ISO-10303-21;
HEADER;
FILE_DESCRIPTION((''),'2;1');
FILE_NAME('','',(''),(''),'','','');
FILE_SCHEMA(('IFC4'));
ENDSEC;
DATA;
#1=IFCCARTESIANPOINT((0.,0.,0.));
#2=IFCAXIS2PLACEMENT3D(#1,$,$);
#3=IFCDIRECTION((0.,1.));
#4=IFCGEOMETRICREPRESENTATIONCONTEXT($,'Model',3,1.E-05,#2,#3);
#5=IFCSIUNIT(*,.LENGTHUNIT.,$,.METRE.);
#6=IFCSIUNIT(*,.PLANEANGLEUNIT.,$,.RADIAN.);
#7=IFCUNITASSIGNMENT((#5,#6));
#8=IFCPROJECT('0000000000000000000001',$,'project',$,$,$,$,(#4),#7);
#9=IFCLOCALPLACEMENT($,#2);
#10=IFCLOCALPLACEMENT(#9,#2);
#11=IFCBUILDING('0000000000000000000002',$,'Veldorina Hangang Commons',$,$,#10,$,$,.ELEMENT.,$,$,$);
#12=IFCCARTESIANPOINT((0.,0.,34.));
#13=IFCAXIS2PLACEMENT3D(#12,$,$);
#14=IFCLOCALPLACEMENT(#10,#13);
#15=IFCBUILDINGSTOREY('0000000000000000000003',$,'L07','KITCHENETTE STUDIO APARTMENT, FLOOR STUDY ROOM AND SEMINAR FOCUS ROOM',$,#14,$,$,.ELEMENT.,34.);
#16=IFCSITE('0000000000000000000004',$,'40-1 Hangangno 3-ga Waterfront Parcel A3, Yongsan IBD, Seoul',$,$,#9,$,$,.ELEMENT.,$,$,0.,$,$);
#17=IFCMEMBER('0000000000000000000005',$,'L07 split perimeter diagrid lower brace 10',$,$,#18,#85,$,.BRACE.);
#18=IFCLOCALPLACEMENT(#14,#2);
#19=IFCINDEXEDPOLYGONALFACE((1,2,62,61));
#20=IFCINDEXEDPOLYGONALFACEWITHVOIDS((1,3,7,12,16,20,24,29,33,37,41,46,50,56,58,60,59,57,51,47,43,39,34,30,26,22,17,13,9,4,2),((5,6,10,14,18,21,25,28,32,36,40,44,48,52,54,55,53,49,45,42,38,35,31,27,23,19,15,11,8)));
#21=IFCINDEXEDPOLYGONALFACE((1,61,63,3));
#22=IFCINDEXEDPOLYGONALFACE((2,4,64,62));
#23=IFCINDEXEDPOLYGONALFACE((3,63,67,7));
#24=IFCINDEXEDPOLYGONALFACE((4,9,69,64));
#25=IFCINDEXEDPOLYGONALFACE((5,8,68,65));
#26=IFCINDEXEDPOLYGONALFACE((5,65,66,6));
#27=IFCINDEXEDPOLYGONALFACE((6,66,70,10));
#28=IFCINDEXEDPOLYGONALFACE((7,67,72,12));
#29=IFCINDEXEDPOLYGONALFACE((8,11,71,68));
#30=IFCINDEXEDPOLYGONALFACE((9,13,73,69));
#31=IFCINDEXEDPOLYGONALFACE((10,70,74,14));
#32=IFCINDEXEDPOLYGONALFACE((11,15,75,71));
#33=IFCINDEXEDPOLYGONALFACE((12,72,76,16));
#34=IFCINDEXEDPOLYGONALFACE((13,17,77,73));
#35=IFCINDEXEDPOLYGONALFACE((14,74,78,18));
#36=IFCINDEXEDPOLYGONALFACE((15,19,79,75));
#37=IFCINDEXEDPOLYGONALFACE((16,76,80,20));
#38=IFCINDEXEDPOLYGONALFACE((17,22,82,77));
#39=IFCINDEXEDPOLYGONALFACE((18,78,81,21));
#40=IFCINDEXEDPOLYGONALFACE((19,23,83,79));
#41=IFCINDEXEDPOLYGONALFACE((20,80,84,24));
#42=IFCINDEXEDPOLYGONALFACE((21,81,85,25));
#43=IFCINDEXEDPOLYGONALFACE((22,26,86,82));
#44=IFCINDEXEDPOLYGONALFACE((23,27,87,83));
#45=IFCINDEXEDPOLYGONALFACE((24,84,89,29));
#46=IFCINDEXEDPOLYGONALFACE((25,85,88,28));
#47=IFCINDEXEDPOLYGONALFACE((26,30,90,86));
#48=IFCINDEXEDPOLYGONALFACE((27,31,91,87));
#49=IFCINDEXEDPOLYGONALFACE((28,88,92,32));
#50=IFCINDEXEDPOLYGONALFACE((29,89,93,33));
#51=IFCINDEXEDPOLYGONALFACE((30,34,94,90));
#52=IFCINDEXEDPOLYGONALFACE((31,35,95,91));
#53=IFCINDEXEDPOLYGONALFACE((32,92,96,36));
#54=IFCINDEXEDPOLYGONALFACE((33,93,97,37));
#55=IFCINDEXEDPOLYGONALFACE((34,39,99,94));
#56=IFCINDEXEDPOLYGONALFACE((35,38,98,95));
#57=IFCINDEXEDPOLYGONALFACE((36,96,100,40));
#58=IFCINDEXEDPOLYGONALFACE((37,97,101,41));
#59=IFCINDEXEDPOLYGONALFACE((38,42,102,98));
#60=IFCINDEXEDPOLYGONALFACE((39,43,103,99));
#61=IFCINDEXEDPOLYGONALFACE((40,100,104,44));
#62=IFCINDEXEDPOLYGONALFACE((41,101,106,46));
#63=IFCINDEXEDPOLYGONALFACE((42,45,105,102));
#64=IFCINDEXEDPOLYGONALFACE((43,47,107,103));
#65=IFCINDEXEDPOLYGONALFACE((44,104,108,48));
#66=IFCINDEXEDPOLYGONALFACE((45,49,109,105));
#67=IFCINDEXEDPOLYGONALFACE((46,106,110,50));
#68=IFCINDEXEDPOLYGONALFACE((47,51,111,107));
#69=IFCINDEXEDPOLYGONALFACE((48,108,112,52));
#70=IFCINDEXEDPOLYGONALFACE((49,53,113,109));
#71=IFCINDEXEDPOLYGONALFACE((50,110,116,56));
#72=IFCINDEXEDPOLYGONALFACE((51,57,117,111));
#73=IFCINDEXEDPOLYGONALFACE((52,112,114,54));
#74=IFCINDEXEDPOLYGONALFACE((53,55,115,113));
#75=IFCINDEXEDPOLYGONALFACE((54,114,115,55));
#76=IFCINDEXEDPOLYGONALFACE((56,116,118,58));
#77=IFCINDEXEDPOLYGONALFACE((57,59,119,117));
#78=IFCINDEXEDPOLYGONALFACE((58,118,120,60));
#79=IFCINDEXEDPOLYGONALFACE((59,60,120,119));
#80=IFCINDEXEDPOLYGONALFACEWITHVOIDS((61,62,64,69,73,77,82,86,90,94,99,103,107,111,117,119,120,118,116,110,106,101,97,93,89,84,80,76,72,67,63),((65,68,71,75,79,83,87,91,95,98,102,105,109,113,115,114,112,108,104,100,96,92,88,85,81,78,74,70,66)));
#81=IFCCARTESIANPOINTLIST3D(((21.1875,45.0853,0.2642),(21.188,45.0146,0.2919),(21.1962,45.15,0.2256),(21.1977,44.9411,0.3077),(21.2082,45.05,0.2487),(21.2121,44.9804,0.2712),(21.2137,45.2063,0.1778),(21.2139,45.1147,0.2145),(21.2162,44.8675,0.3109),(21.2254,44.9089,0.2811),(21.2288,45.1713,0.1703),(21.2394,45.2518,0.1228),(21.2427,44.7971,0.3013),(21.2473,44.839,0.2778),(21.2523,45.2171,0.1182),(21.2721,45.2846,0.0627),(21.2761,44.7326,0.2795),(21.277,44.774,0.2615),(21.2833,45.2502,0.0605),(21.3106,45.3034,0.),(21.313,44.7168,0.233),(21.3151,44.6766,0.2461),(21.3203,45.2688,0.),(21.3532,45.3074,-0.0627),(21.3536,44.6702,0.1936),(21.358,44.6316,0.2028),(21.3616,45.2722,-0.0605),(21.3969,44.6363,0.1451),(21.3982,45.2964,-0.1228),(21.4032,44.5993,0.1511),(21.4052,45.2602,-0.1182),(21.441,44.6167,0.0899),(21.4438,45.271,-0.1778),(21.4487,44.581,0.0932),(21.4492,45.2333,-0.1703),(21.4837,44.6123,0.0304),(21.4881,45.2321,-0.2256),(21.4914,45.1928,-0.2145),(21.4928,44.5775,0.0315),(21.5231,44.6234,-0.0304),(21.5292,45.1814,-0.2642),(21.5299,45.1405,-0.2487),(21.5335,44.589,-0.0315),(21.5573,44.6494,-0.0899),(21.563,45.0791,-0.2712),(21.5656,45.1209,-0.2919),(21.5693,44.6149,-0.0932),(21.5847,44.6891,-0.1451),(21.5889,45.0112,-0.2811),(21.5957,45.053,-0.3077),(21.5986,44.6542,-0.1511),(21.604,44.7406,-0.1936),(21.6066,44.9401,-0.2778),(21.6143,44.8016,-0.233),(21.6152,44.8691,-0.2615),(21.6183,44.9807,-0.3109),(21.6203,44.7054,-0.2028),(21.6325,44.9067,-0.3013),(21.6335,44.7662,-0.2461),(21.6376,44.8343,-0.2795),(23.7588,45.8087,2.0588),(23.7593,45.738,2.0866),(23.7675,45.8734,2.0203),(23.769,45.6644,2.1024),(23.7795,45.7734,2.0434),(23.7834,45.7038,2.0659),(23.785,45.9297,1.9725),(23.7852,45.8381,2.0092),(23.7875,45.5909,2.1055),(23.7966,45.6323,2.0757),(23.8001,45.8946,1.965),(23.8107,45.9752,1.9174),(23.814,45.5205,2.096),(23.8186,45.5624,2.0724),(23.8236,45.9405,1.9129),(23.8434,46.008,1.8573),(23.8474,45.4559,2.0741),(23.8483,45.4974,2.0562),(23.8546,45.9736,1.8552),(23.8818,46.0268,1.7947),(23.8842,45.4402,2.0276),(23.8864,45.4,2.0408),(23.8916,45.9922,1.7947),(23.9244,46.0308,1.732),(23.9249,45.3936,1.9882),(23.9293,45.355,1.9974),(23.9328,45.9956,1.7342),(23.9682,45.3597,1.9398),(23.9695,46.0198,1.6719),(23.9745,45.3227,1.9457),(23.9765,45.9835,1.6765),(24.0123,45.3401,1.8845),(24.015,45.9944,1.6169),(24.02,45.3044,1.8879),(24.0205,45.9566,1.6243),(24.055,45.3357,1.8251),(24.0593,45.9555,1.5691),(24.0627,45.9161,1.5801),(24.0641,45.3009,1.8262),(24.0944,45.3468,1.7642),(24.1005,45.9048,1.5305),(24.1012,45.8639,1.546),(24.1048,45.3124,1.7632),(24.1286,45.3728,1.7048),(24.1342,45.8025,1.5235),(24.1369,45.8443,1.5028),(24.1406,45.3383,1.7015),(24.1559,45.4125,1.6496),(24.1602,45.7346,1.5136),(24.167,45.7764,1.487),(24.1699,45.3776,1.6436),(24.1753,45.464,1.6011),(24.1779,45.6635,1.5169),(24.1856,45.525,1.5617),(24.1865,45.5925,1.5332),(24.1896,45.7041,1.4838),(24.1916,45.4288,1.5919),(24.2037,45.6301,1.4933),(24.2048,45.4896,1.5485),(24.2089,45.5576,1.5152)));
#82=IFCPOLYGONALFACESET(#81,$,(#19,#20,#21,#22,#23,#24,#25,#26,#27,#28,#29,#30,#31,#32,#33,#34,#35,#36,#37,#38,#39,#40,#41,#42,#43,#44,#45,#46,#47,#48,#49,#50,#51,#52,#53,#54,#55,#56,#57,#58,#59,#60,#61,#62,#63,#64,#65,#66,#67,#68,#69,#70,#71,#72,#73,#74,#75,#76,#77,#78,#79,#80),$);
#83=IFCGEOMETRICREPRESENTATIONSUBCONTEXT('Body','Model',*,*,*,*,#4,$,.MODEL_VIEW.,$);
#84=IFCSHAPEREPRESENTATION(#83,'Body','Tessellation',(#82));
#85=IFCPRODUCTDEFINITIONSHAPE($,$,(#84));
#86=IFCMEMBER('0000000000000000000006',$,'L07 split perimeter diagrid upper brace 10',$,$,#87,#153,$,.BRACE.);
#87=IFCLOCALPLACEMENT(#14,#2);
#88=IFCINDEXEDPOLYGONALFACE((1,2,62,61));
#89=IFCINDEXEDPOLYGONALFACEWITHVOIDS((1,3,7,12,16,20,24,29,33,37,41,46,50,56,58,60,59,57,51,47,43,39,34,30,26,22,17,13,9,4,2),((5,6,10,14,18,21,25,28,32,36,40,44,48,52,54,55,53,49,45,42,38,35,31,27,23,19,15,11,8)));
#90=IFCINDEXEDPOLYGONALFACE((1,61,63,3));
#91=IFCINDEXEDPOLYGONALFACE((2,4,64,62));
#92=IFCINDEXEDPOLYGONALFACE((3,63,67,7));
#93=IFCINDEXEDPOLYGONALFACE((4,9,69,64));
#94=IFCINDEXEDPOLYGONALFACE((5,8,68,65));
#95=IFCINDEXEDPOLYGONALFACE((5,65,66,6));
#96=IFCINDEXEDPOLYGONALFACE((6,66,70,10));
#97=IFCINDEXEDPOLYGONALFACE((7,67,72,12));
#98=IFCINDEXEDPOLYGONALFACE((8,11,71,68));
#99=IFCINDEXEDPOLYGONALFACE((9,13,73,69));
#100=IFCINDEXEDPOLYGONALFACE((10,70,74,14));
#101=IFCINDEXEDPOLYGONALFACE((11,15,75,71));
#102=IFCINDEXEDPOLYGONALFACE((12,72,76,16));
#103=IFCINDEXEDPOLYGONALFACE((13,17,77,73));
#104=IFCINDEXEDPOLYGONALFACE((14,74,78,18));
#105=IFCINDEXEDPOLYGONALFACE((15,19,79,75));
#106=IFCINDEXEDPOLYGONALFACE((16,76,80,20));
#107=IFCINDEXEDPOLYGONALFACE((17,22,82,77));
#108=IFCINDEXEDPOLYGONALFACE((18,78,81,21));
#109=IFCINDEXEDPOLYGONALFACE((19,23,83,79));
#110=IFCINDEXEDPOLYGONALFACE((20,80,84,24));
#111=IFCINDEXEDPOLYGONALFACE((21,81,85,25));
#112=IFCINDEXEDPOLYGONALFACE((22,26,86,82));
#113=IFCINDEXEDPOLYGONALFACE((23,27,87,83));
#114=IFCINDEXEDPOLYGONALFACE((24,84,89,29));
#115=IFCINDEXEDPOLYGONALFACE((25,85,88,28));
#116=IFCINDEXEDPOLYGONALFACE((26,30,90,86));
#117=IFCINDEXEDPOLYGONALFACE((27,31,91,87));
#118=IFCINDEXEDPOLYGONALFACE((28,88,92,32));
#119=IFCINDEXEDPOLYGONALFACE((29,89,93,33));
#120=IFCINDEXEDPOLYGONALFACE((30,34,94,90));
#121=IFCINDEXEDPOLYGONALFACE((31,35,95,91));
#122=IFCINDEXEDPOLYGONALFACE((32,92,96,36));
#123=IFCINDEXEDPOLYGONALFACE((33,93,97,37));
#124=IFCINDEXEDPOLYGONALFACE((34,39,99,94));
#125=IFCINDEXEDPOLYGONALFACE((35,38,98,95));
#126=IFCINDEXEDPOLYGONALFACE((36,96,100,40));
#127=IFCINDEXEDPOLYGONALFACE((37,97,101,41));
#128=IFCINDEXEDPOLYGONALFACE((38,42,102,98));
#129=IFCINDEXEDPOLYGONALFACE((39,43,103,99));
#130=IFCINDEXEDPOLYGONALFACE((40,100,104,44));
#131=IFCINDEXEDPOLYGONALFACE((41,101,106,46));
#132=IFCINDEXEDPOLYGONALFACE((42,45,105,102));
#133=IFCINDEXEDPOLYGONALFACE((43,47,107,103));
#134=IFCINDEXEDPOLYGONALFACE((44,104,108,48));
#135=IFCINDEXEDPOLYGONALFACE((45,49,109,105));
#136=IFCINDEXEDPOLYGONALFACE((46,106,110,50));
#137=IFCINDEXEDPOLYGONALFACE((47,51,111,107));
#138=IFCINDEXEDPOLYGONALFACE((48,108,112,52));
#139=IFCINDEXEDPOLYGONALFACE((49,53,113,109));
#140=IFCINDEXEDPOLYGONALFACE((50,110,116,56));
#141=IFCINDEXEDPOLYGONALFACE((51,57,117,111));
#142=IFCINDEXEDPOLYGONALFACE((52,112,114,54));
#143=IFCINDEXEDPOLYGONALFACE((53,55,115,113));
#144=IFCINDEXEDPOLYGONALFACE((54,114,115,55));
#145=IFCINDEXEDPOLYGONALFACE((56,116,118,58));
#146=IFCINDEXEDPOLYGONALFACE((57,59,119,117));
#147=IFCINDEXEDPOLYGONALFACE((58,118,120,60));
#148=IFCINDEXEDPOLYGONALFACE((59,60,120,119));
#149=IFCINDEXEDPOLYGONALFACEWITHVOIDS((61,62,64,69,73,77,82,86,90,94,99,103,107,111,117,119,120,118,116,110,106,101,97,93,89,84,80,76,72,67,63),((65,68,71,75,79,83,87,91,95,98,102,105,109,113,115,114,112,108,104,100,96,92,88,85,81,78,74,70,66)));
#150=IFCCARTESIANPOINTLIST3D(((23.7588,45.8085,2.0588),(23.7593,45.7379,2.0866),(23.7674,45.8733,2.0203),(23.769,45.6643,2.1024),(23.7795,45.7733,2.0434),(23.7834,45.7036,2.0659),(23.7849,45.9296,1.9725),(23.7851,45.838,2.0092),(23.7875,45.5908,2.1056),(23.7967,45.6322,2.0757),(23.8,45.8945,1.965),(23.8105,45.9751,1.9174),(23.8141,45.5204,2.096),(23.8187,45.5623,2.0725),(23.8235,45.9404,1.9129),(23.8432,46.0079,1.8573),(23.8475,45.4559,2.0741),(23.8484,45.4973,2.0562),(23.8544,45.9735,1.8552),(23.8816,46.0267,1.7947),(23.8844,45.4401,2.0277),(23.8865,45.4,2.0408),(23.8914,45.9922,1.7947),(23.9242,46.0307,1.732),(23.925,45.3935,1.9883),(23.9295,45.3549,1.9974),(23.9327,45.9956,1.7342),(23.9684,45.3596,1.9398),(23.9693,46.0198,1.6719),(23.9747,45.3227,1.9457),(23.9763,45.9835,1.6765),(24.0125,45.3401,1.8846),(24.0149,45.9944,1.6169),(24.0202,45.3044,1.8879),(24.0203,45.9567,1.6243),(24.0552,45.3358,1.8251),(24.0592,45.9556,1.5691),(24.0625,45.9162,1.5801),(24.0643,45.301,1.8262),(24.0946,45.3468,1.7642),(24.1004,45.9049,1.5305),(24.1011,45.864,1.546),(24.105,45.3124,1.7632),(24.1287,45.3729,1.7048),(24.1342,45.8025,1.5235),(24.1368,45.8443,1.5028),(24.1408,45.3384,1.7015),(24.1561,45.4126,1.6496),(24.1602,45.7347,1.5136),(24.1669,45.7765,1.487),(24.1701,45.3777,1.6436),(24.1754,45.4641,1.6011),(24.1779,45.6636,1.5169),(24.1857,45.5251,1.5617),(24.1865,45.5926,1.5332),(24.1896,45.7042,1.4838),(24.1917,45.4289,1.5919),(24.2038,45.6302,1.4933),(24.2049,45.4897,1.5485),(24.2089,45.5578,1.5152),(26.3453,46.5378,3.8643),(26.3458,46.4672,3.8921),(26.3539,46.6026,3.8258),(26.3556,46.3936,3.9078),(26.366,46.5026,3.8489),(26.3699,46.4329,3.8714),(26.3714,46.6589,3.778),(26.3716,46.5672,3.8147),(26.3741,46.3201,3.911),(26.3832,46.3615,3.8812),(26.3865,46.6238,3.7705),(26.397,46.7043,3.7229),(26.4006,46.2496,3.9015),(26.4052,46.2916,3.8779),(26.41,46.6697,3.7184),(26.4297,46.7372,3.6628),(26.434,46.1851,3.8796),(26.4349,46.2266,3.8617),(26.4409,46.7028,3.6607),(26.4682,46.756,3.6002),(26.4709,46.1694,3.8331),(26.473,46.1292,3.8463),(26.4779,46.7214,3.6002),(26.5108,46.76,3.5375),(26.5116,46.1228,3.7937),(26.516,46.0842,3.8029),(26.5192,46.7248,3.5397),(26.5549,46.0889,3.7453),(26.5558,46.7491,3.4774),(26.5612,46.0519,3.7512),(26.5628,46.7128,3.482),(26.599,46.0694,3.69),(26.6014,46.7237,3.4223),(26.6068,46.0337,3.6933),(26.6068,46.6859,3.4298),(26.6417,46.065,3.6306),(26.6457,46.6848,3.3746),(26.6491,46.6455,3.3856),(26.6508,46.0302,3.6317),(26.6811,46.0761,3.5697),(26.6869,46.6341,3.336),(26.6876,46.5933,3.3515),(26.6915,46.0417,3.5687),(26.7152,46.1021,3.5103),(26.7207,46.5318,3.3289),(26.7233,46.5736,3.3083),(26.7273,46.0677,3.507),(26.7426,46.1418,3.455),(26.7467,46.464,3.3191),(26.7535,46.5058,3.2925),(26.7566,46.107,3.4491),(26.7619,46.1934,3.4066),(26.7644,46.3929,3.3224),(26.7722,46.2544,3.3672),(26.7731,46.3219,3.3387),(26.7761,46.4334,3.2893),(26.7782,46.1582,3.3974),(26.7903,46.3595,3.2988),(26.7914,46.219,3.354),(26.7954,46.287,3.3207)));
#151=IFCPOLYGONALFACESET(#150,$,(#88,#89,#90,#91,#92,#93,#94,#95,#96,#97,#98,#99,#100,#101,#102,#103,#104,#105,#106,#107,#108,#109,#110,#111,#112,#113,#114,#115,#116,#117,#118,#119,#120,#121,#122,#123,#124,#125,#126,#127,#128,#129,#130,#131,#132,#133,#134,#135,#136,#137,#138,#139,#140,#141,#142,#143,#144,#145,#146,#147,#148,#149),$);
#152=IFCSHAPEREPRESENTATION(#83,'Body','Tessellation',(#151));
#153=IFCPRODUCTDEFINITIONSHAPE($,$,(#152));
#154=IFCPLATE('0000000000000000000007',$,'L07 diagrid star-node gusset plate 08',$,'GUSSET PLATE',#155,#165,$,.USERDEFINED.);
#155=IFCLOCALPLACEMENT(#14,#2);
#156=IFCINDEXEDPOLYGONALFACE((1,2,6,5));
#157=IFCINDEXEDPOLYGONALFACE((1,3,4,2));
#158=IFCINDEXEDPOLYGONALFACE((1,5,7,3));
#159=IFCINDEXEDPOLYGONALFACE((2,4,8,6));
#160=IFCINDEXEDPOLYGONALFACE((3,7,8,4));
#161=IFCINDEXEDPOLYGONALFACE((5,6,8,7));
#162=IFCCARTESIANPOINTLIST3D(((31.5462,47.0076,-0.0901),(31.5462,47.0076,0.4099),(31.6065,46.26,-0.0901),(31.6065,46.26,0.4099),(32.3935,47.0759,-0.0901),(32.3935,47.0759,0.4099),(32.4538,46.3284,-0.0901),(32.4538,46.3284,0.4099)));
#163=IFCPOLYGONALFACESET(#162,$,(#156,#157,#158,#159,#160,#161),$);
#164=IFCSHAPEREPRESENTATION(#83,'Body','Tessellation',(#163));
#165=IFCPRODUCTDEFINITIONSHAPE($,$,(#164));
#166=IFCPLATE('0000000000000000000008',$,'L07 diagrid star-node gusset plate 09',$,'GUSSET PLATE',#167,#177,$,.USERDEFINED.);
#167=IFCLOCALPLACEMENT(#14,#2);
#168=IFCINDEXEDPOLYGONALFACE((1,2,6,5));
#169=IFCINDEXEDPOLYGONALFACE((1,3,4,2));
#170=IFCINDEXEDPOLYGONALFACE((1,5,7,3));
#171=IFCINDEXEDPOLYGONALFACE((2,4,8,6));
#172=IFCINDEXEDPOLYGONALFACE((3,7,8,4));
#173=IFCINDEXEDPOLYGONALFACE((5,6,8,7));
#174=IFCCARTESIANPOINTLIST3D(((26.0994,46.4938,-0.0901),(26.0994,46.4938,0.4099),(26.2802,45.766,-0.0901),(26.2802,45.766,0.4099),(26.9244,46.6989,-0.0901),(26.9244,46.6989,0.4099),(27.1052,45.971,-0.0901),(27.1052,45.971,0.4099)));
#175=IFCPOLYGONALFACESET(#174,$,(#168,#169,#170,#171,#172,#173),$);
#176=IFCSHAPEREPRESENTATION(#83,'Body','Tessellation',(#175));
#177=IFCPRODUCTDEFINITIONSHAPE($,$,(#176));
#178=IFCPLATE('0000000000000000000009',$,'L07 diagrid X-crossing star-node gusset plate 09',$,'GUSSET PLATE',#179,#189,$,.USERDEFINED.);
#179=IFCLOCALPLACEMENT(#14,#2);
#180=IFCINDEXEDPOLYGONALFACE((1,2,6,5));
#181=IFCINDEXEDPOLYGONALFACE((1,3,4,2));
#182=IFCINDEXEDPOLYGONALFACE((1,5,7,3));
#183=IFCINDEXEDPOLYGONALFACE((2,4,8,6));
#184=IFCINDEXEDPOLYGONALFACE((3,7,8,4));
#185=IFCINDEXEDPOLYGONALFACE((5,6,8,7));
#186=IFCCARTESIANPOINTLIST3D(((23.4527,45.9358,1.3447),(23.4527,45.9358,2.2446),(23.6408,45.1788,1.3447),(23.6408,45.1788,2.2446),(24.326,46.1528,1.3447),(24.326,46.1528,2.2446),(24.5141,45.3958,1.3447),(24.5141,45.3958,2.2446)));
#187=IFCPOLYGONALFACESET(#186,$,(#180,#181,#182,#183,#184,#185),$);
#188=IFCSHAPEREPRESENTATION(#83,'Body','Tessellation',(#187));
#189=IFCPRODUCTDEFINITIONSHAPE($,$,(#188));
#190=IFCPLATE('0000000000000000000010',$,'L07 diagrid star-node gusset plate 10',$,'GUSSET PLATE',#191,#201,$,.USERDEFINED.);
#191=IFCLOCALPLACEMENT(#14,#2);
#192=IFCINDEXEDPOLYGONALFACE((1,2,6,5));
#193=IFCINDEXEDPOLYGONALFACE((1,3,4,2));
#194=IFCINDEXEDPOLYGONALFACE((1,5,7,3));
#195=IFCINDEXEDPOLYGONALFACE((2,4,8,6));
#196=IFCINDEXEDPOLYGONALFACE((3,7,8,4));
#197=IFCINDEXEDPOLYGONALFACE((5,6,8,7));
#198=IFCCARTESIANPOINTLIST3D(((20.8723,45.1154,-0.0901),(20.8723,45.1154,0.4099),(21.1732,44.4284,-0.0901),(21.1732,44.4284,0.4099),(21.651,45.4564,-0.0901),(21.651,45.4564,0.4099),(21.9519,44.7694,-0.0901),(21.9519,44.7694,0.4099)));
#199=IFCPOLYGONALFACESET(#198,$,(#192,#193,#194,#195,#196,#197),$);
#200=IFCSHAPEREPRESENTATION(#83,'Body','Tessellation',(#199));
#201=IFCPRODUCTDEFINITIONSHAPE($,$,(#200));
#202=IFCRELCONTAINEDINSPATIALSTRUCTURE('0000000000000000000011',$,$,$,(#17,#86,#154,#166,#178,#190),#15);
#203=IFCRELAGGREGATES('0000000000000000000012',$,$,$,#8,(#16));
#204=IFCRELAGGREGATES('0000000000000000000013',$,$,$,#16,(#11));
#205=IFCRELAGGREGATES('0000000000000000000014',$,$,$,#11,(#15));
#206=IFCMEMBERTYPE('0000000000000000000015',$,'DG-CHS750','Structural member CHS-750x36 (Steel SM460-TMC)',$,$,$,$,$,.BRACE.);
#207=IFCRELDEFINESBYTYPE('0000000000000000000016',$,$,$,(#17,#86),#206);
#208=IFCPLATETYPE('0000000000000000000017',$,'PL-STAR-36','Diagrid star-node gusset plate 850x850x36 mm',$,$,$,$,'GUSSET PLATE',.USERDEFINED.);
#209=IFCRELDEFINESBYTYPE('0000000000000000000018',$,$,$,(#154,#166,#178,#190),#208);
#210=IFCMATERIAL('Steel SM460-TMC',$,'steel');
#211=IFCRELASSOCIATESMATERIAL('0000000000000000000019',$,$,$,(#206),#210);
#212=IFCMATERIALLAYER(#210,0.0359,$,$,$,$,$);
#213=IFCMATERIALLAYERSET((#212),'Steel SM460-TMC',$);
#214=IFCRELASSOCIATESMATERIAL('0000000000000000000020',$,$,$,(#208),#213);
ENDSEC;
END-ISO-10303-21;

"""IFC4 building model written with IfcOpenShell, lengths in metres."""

from ifc_helpers import new_model, si_unit, direction, frame, origin, origin_2d, place, context, subcontext, project, spatial, rectangle, hollow_circle, extrude, material, layer, layer_set, material_profile, profile_set, type_object, element, save


model = new_model("IFC4")

# Units and contexts
model_context = context("Model", 3, precision=1e-05, world=origin(), true_north=direction((0.0, 1.0)))
body_context = subcontext(model_context, "Body", "Model", "MODEL_VIEW")
ifc_project = project(units=[si_unit("LENGTHUNIT", "METRE"), si_unit("PLANEANGLEUNIT", "RADIAN")], contexts=[model_context])

# Site, building, storey
site_placement = place(None, origin())
site = spatial("IfcSite", under=ifc_project, at=site_placement, Name="40-1 Hangangno 3-ga Waterfront Parcel A3, Yongsan IBD, Seoul", CompositionType="ELEMENT", RefElevation=0.0)
building_placement = place(site_placement, origin())
building = spatial("IfcBuilding", under=site, at=building_placement, Name="Veldorina Hangang Commons", CompositionType="ELEMENT")
storey_placement = place(building_placement, frame((0.0, 0.0, 34.0)))
storey = spatial("IfcBuildingStorey", under=building, at=storey_placement, Name="L07", Description="KITCHENETTE STUDIO APARTMENT, FLOOR STUDY ROOM AND SEMINAR FOCUS ROOM", CompositionType="ELEMENT", Elevation=34.0)

# Shared definitions
ifc_material_1 = material(Name="Steel SM460-TMC", Category="steel")

# Members
ifc_material_profile_1 = material_profile(ifc_material_1, hollow_circle(Radius=0.375, WallThickness=0.0359, at=origin_2d()), Name="CHS-750x36")
ifc_profile_set_1 = profile_set([ifc_material_profile_1], Name="Steel SM460-TMC")
member_type = type_object("IfcMemberType", Name="DG-CHS750", Description="Structural member CHS-750x36 (Steel SM460-TMC)", PredefinedType="BRACE", material=ifc_profile_set_1)
member_1_placement = place(storey_placement, frame((21.4121, 44.9424, 0.0), z_axis=(0.799027, 0.224793, 0.557695), x_axis=(-0.27082, 0.96263, 0.0)))
element("IfcMember", 1, at=member_1_placement, inside=storey, type_object=member_type, Name="L07 split perimeter diagrid lower brace 10", PredefinedType="BRACE", context=body_context, shape_type="SweptSolid", body=[
    extrude(hollow_circle(Radius=0.375, WallThickness=0.0359, at=origin_2d()), origin(), (0.0, 0.0, 1.0), 3.218),
])
member_2_placement = place(storey_placement, frame((23.9834, 45.6658, 1.7947), z_axis=(0.798914, 0.225255, 0.557671), x_axis=(-0.271372, 0.962475, 0.0)))
element("IfcMember", 2, at=member_2_placement, inside=storey, type_object=member_type, Name="L07 split perimeter diagrid upper brace 10", PredefinedType="BRACE", context=body_context, shape_type="SweptSolid", body=[
    extrude(hollow_circle(Radius=0.375, WallThickness=0.0359, at=origin_2d()), origin(), (0.0, 0.0, 1.0), 3.2375),
])

# Plates
ifc_layer_1 = layer(ifc_material_1, 0.0359)
ifc_layer_set_1 = layer_set([ifc_layer_1], Name="Steel SM460-TMC")
plate_type = type_object("IfcPlateType", Name="PL-STAR-36", Description="Diagrid star-node gusset plate 850x850x36 mm", ElementType="GUSSET PLATE", PredefinedType="USERDEFINED", material=ifc_layer_set_1)
for number, where, z_axis, x_axis, name in (
    (3, (32.0, 46.668, -0.0901), (0.0, 0.0, 1.0), (-0.996759, -0.080442, 0.0), "L07 diagrid star-node gusset plate 08"),
    (4, (26.6023, 46.2324, -0.0901), (0.0, 0.0, 1.0), (-0.970481, -0.241177, 0.0), "L07 diagrid star-node gusset plate 09"),
):
    element("IfcPlate", number, at=place(storey_placement, frame(where, z_axis=z_axis, x_axis=x_axis)), inside=storey, type_object=plate_type, Name=name, ObjectType="GUSSET PLATE", PredefinedType="USERDEFINED", context=body_context, shape_type="SweptSolid", body=[
        extrude(rectangle(XDim=0.8501, YDim=0.75, at=origin_2d()), origin(), (0.0, 0.0, 1.0), 0.5),
    ])
plate_1_placement = place(storey_placement, frame((23.9834, 45.6658, 1.3447), z_axis=(0.0, 0.0, 1.0), x_axis=(-0.970481, -0.241177, 0.0)))
element("IfcPlate", 5, at=plate_1_placement, inside=storey, type_object=plate_type, Name="L07 diagrid X-crossing star-node gusset plate 09", ObjectType="GUSSET PLATE", PredefinedType="USERDEFINED", context=body_context, shape_type="SweptSolid", body=[
    extrude(rectangle(XDim=0.8999, YDim=0.78, at=origin_2d()), origin(), (0.0, 0.0, 1.0), 0.8999),
])
plate_2_placement = place(storey_placement, frame((21.4121, 44.9424, -0.0901), z_axis=(0.0, 0.0, 1.0), x_axis=(-0.91602, -0.401133, 0.0)))
element("IfcPlate", 6, at=plate_2_placement, inside=storey, type_object=plate_type, Name="L07 diagrid star-node gusset plate 10", ObjectType="GUSSET PLATE", PredefinedType="USERDEFINED", context=body_context, shape_type="SweptSolid", body=[
    extrude(rectangle(XDim=0.8501, YDim=0.75, at=origin_2d()), origin(), (0.0, 0.0, 1.0), 0.5),
])

save(model, "model.ifc")
